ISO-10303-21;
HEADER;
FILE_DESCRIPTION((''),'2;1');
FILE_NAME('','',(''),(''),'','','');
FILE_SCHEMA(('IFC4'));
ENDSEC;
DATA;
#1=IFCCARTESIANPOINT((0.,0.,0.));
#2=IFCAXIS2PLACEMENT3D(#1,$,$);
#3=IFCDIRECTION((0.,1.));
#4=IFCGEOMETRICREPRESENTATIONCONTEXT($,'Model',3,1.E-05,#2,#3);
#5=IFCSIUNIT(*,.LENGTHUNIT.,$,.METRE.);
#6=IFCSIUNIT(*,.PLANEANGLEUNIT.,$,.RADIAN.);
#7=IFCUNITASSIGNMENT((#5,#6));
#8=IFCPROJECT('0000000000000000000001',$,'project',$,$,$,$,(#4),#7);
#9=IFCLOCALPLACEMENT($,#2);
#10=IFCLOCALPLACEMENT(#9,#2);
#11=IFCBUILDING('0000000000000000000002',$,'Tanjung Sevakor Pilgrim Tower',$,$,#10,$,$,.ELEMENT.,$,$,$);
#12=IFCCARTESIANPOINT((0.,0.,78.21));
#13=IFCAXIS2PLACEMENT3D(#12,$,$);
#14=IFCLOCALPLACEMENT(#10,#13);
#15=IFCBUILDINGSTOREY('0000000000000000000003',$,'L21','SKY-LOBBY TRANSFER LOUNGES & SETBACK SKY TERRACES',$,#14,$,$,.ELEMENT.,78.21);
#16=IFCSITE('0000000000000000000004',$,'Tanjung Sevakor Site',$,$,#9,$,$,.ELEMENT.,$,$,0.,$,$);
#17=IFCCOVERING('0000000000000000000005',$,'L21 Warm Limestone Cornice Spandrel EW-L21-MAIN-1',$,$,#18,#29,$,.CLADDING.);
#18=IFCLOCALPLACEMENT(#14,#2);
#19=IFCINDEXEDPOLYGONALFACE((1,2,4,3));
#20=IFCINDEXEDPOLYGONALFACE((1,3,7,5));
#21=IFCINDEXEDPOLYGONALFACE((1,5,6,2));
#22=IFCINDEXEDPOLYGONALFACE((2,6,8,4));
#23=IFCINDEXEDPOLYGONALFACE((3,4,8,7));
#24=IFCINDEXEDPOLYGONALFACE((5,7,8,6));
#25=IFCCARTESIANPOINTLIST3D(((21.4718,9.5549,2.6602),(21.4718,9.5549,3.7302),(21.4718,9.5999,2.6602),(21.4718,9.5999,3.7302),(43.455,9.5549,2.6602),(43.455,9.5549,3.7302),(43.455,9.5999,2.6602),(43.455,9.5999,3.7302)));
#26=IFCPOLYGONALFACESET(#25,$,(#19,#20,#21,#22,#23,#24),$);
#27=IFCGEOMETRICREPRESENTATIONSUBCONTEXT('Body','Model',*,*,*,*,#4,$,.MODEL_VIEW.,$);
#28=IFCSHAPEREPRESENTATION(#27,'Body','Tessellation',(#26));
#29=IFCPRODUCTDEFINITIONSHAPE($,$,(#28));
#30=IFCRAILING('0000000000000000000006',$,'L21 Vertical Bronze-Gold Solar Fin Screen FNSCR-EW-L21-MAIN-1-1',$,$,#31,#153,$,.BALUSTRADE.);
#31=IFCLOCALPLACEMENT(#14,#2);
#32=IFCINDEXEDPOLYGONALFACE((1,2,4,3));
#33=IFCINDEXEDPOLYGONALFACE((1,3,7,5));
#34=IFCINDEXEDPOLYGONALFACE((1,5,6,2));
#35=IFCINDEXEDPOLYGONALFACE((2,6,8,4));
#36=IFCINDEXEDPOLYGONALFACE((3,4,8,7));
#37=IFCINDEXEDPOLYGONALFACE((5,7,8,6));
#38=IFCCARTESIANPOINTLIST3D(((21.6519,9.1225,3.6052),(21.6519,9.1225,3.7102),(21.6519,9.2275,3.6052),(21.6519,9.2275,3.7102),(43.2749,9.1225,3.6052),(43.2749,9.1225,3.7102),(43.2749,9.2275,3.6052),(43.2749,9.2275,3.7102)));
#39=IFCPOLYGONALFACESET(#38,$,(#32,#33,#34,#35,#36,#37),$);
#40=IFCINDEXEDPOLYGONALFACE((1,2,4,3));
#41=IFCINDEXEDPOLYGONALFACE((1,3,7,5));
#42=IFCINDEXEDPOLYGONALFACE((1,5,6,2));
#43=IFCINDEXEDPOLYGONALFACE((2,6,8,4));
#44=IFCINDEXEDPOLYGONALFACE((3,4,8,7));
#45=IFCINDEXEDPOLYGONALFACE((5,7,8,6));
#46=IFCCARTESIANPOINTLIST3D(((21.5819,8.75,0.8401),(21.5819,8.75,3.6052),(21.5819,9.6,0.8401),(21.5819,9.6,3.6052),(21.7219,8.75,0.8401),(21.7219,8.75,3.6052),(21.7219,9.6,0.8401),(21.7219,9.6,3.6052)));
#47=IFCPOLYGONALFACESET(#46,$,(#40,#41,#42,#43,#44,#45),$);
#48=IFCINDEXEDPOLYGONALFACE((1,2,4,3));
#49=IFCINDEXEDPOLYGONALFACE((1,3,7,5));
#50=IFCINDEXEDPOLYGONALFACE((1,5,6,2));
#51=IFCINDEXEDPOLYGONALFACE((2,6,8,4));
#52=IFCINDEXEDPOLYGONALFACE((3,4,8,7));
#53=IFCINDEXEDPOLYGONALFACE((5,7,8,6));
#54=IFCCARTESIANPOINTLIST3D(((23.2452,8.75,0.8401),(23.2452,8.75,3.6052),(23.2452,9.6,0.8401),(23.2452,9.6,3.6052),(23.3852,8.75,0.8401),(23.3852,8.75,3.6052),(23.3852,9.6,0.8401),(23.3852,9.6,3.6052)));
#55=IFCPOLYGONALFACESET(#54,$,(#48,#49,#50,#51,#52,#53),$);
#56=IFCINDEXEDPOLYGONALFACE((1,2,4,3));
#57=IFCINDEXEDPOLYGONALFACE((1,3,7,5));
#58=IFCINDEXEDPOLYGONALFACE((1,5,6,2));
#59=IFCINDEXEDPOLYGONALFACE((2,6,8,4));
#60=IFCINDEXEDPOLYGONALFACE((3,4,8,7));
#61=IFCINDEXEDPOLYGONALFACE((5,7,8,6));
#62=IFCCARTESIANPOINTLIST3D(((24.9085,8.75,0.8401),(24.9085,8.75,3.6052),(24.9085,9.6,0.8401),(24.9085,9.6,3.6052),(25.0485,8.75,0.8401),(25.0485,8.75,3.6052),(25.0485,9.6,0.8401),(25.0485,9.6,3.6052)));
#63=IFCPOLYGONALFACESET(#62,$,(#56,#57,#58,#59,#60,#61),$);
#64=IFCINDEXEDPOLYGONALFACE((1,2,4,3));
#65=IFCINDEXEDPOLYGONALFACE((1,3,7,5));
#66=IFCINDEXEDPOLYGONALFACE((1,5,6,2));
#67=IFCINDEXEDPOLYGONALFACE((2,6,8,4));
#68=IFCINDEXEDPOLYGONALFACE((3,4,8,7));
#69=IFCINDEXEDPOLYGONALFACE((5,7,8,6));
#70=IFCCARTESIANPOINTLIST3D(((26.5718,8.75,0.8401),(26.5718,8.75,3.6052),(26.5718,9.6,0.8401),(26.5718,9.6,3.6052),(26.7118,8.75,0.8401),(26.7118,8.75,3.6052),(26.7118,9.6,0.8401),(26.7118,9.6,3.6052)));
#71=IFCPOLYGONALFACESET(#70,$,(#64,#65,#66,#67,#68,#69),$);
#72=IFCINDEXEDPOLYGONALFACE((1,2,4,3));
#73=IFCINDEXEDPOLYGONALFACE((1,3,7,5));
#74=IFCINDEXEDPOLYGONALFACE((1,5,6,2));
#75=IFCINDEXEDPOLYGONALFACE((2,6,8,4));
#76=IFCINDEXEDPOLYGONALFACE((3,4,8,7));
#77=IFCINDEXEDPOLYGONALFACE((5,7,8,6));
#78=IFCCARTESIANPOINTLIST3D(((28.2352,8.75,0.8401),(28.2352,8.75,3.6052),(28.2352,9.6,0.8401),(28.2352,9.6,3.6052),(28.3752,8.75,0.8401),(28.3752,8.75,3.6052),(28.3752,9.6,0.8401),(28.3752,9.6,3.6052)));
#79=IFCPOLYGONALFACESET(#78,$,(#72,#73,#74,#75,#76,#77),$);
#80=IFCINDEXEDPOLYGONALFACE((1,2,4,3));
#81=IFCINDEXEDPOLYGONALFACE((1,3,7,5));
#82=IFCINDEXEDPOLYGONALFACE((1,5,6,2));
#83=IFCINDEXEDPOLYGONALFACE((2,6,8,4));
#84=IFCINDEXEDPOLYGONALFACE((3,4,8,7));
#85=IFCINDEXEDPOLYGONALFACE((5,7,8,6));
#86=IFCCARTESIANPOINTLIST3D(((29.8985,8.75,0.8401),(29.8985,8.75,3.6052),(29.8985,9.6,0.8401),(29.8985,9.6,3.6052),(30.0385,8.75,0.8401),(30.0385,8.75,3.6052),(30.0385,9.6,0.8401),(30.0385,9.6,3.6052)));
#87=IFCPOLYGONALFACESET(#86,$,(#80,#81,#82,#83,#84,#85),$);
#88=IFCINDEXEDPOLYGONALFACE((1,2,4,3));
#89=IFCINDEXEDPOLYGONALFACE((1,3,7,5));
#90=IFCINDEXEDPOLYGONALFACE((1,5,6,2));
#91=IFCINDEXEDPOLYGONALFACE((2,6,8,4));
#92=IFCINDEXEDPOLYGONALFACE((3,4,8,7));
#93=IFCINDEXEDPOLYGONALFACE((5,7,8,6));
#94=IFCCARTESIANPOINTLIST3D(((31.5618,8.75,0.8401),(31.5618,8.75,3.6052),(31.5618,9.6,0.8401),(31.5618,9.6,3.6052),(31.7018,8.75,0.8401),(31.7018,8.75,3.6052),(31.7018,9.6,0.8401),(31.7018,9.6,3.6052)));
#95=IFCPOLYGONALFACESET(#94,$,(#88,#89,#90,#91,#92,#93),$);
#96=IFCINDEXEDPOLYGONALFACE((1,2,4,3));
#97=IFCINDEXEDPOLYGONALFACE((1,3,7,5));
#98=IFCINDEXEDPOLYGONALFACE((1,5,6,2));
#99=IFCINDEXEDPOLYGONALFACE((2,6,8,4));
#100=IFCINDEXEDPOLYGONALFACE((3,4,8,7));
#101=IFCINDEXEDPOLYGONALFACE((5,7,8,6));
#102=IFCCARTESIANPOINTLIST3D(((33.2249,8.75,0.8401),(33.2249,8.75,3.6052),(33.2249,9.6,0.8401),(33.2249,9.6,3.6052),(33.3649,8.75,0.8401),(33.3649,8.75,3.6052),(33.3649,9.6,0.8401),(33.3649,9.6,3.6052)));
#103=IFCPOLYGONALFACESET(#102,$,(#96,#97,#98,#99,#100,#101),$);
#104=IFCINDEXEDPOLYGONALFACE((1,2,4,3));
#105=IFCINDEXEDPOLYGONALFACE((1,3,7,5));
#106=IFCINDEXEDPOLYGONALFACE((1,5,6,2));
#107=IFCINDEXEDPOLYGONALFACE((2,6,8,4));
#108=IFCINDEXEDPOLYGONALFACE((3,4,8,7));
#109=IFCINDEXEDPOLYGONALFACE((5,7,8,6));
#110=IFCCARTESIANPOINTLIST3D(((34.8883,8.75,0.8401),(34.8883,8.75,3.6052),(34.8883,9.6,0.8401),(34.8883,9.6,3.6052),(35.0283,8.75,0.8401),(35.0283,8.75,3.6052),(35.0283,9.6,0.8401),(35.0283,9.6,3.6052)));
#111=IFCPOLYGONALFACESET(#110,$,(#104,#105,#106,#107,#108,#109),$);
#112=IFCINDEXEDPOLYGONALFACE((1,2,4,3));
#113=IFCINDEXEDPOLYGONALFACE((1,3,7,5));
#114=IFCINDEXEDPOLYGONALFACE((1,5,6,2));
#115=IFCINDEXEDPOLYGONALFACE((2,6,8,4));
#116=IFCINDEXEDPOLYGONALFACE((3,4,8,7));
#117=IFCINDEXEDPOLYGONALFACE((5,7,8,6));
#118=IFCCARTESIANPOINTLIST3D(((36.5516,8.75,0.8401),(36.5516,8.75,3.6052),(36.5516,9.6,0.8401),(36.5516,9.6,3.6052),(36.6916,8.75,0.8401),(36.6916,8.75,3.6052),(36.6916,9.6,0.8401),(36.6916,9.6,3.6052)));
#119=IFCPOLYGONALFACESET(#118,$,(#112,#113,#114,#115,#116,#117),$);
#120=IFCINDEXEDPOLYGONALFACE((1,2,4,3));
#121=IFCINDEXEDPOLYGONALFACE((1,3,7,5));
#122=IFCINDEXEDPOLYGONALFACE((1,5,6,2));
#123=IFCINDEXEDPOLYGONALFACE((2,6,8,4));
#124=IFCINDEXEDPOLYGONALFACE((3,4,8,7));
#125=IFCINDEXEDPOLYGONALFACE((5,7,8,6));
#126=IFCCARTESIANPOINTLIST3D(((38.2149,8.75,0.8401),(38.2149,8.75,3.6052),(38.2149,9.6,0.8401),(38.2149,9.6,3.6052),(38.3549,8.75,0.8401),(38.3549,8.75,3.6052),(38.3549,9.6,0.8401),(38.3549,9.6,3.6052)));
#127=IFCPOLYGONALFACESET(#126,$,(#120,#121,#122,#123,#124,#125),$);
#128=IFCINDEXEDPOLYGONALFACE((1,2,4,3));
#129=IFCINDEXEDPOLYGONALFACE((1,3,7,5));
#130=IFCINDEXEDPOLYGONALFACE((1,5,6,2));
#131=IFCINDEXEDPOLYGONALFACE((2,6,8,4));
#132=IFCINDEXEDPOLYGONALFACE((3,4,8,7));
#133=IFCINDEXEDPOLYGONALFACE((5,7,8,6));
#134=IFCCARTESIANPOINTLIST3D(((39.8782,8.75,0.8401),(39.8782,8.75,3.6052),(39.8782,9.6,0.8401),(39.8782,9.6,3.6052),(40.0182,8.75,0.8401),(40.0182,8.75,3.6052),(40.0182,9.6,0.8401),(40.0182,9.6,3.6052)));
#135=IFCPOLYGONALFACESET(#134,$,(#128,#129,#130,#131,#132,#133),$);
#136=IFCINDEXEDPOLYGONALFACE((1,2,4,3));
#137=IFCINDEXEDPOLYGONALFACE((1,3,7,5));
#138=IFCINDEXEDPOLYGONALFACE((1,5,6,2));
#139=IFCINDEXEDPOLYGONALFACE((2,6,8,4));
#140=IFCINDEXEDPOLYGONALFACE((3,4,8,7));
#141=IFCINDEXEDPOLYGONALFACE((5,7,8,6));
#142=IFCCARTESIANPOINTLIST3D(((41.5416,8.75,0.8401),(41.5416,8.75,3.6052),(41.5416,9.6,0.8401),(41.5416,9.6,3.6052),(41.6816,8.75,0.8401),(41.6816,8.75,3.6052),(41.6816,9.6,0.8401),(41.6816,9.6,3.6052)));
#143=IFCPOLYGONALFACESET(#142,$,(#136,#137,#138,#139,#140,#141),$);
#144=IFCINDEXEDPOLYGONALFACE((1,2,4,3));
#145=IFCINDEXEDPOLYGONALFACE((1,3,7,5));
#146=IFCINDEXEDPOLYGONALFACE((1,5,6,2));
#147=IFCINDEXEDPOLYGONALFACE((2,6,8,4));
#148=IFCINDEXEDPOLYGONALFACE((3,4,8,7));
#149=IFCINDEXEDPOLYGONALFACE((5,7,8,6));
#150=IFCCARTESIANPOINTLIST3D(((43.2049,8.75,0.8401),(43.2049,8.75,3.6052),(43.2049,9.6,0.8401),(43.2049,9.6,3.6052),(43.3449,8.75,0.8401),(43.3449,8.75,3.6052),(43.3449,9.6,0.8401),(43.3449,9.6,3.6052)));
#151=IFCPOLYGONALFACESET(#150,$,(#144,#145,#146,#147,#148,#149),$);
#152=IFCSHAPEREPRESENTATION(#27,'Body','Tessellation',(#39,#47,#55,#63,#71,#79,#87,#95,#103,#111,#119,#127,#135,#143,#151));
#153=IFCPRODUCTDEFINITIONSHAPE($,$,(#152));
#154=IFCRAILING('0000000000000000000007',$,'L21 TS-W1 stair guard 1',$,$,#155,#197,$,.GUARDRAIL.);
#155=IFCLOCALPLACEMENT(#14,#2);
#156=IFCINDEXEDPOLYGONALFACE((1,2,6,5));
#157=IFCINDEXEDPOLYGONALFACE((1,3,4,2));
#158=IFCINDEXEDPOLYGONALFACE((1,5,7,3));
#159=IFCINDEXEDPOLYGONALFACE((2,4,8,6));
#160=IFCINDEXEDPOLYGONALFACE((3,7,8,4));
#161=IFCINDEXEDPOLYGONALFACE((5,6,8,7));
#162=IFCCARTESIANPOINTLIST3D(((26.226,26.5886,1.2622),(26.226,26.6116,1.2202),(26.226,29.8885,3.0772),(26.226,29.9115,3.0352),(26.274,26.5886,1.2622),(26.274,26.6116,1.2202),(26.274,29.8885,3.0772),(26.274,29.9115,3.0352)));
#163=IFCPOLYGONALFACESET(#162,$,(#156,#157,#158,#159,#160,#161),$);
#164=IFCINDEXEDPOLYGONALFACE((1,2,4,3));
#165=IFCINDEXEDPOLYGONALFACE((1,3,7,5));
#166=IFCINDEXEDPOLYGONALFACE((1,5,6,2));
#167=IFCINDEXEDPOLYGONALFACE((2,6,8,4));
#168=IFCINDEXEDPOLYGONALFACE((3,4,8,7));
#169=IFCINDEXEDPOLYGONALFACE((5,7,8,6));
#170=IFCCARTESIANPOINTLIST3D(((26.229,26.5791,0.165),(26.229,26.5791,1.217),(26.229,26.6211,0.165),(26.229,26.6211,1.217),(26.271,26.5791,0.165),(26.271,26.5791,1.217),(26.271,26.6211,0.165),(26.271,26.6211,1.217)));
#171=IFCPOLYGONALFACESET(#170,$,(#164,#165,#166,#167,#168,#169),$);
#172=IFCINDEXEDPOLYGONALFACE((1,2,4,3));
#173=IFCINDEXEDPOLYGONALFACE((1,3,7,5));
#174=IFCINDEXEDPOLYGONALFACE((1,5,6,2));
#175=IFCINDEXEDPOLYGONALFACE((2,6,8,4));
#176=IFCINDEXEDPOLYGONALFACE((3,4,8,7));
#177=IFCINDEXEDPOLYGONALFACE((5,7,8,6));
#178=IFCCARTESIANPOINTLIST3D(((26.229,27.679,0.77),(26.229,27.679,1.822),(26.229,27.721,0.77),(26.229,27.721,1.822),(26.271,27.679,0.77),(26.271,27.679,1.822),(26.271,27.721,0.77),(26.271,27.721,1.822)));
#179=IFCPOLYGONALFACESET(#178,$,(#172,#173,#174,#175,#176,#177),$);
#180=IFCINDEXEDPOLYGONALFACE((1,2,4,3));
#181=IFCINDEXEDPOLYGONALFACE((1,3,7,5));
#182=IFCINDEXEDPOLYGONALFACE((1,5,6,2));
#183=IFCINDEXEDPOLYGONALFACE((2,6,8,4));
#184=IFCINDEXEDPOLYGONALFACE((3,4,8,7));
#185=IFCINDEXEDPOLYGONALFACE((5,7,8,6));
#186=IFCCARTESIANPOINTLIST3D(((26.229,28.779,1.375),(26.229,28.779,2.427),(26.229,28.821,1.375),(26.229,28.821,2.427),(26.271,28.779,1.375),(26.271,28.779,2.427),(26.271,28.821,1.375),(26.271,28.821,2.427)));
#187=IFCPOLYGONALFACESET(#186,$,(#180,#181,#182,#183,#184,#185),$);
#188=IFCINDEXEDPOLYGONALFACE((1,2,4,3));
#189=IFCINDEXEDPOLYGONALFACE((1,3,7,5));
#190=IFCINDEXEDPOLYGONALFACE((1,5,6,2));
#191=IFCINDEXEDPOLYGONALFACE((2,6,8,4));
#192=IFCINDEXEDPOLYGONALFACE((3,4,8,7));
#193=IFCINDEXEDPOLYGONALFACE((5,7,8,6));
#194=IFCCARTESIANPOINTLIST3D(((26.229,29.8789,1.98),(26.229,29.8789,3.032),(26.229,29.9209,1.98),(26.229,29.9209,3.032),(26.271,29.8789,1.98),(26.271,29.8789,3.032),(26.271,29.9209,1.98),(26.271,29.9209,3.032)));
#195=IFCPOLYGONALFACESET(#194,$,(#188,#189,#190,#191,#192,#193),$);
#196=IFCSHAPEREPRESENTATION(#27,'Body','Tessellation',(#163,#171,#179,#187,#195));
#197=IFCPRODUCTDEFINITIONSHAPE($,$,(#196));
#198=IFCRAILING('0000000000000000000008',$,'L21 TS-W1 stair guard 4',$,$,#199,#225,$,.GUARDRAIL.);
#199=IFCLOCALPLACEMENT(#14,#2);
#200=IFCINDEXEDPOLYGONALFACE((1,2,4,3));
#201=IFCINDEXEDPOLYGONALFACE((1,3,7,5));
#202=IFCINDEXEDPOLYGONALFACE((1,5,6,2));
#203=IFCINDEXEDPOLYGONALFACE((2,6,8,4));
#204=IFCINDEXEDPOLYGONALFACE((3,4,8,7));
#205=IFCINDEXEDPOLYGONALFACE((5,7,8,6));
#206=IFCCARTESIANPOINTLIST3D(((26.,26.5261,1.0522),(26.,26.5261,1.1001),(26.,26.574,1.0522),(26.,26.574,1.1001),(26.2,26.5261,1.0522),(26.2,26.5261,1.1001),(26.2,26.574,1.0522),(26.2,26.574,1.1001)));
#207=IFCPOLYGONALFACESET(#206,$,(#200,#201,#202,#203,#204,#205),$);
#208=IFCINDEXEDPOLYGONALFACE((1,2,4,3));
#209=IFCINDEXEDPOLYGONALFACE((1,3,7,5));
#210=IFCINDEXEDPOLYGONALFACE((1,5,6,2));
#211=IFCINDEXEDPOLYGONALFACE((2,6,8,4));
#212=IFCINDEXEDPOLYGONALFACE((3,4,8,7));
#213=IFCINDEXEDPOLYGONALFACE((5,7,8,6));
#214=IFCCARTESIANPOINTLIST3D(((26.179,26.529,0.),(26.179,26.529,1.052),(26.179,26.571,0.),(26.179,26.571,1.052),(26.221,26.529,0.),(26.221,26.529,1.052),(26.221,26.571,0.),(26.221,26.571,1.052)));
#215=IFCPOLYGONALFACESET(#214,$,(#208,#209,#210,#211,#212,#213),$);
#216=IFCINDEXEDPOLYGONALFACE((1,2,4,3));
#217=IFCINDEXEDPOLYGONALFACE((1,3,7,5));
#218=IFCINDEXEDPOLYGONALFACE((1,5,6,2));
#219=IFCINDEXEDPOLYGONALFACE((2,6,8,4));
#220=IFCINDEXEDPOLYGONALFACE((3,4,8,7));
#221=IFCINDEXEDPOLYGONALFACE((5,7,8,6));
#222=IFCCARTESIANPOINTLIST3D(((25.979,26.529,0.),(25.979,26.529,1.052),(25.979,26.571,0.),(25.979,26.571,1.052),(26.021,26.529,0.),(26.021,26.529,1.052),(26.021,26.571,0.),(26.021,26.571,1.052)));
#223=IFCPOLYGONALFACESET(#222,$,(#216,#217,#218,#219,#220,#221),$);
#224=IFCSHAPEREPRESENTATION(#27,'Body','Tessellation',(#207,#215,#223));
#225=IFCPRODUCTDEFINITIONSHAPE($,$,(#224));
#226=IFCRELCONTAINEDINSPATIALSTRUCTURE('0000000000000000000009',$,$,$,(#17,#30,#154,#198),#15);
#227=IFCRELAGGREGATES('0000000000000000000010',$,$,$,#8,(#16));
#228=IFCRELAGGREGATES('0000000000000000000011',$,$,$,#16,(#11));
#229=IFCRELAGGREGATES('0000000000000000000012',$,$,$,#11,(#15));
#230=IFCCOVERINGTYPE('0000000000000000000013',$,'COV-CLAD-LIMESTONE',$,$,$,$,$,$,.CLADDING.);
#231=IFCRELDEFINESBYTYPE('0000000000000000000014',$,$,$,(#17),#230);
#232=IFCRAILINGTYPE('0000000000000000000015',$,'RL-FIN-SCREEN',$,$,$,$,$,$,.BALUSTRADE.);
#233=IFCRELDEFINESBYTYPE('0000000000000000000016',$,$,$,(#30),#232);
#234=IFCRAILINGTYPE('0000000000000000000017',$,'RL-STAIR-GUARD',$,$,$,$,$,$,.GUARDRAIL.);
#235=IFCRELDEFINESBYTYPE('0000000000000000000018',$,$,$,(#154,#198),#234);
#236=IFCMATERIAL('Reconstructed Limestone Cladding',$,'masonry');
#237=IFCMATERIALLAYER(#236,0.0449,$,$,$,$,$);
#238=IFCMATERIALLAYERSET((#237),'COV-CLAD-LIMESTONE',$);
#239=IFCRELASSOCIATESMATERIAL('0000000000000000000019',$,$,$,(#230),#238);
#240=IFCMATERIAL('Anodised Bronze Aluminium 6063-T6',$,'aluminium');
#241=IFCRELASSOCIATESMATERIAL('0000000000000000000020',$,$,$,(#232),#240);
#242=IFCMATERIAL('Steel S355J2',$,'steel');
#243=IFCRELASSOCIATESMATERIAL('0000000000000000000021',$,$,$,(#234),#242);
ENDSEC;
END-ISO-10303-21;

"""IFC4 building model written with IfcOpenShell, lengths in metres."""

from ifc_helpers import new_model, si_unit, direction, frame, origin, origin_2d, place, context, subcontext, project, spatial, rectangle, extrude, material, layer, layer_set, type_object, element, save


model = new_model("IFC4")

# Units and contexts
model_context = context("Model", 3, precision=1e-05, world=origin(), true_north=direction((0.0, 1.0)))
body_context = subcontext(model_context, "Body", "Model", "MODEL_VIEW")
ifc_project = project(units=[si_unit("LENGTHUNIT", "METRE"), si_unit("PLANEANGLEUNIT", "RADIAN")], contexts=[model_context])

# Site, building, storey
site_placement = place(None, origin())
site = spatial("IfcSite", under=ifc_project, at=site_placement, Name="Tanjung Sevakor Site", CompositionType="ELEMENT", RefElevation=0.0)
building_placement = place(site_placement, origin())
building = spatial("IfcBuilding", under=site, at=building_placement, Name="Tanjung Sevakor Pilgrim Tower", CompositionType="ELEMENT")
storey_placement = place(building_placement, frame((0.0, 0.0, 78.21)))
storey = spatial("IfcBuildingStorey", under=building, at=storey_placement, Name="L21", Description="SKY-LOBBY TRANSFER LOUNGES & SETBACK SKY TERRACES", CompositionType="ELEMENT", Elevation=78.21)

# Covering
ifc_material_1 = material(Name="Reconstructed Limestone Cladding", Category="masonry")
ifc_layer_1 = layer(ifc_material_1, 0.0449)
ifc_layer_set_1 = layer_set([ifc_layer_1], Name="COV-CLAD-LIMESTONE")
covering_type = type_object("IfcCoveringType", Name="COV-CLAD-LIMESTONE", PredefinedType="CLADDING", material=ifc_layer_set_1)
covering_1_placement = place(storey_placement, frame((32.4634, 9.5774, 2.6602), z_axis=(0.0, 0.0, 1.0), x_axis=(1.0, 0.0, 0.0)))
element("IfcCovering", 1, at=covering_1_placement, inside=storey, type_object=covering_type, Name="L21 Warm Limestone Cornice Spandrel EW-L21-MAIN-1", PredefinedType="CLADDING", context=body_context, shape_type="SweptSolid", body=[
    extrude(rectangle(XDim=21.9832, YDim=0.0449, at=origin_2d()), origin(), (0.0, 0.0, 1.0), 1.0701),
])

# Railings
ifc_material_2 = material(Name="Anodised Bronze Aluminium 6063-T6", Category="aluminium")
railing_type_1 = type_object("IfcRailingType", Name="RL-FIN-SCREEN", PredefinedType="BALUSTRADE", material=ifc_material_2)
railing_1_placement = place(storey_placement, frame((21.6519, 9.175, 0.8401)))
element("IfcRailing", 2, at=railing_1_placement, inside=storey, type_object=railing_type_1, Name="L21 Vertical Bronze-Gold Solar Fin Screen FNSCR-EW-L21-MAIN-1-1", PredefinedType="BALUSTRADE", context=body_context, shape_type="SweptSolid", body=[
    extrude(rectangle(XDim=0.105, YDim=0.105), frame((0.0, 0.0, 2.8176), z_axis=(1.0, 0.0, 0.0), x_axis=(0.0, 1.0, 0.0)), (0.0, 0.0, 1.0), 21.623),
    extrude(rectangle(XDim=0.14, YDim=0.85), origin(), (0.0, 0.0, 1.0), 2.7651),
    extrude(rectangle(XDim=0.14, YDim=0.85), frame((1.6633, 0.0, 0.0)), (0.0, 0.0, 1.0), 2.7651),
    extrude(rectangle(XDim=0.14, YDim=0.85), frame((3.3267, 0.0, 0.0)), (0.0, 0.0, 1.0), 2.7651),
    extrude(rectangle(XDim=0.14, YDim=0.85), frame((4.99, 0.0, 0.0)), (0.0, 0.0, 1.0), 2.7651),
    extrude(rectangle(XDim=0.14, YDim=0.85), frame((6.6533, 0.0, 0.0)), (0.0, 0.0, 1.0), 2.7651),
    extrude(rectangle(XDim=0.14, YDim=0.85), frame((8.3167, 0.0, 0.0)), (0.0, 0.0, 1.0), 2.7651),
    extrude(rectangle(XDim=0.14, YDim=0.85), frame((9.98, 0.0, 0.0)), (0.0, 0.0, 1.0), 2.7651),
    extrude(rectangle(XDim=0.14, YDim=0.85), frame((11.6431, 0.0, 0.0)), (0.0, 0.0, 1.0), 2.7651),
    extrude(rectangle(XDim=0.14, YDim=0.85), frame((13.3064, 0.0, 0.0)), (0.0, 0.0, 1.0), 2.7651),
    extrude(rectangle(XDim=0.14, YDim=0.85), frame((14.9697, 0.0, 0.0)), (0.0, 0.0, 1.0), 2.7651),
    extrude(rectangle(XDim=0.14, YDim=0.85), frame((16.6331, 0.0, 0.0)), (0.0, 0.0, 1.0), 2.7651),
    extrude(rectangle(XDim=0.14, YDim=0.85), frame((18.2964, 0.0, 0.0)), (0.0, 0.0, 1.0), 2.7651),
    extrude(rectangle(XDim=0.14, YDim=0.85), frame((19.9597, 0.0, 0.0)), (0.0, 0.0, 1.0), 2.7651),
    extrude(rectangle(XDim=0.14, YDim=0.85), frame((21.623, 0.0, 0.0)), (0.0, 0.0, 1.0), 2.7651),
])
ifc_material_3 = material(Name="Steel S355J2", Category="steel")
railing_type_2 = type_object("IfcRailingType", Name="RL-STAIR-GUARD", PredefinedType="GUARDRAIL", material=ifc_material_3)
railing_2_placement = place(storey_placement, frame((26.25, 26.6001, 0.165)))
element("IfcRailing", 3, at=railing_2_placement, inside=storey, type_object=railing_type_2, Name="L21 TS-W1 stair guard 1", PredefinedType="GUARDRAIL", context=body_context, shape_type="SweptSolid", body=[
    extrude(rectangle(XDim=0.0479, YDim=0.0479), frame((0.0, 0.0, 1.0762), z_axis=(0.0, 0.87621, 0.481929), x_axis=(-1.0, 0.0, 0.0)), (0.0, 0.0, 1.0), 3.7661),
    extrude(rectangle(XDim=0.042, YDim=0.042), origin(), (0.0, 0.0, 1.0), 1.052),
    extrude(rectangle(XDim=0.042, YDim=0.042), frame((0.0, 1.0999, 0.605)), (0.0, 0.0, 1.0), 1.052),
    extrude(rectangle(XDim=0.042, YDim=0.042), frame((0.0, 2.2, 1.21)), (0.0, 0.0, 1.0), 1.052),
    extrude(rectangle(XDim=0.042, YDim=0.042), frame((0.0, 3.2998, 1.8149)), (0.0, 0.0, 1.0), 1.052),
])
railing_3_placement = place(storey_placement, frame((26.2, 26.55, 0.0)))
element("IfcRailing", 4, at=railing_3_placement, inside=storey, type_object=railing_type_2, Name="L21 TS-W1 stair guard 4", PredefinedType="GUARDRAIL", context=body_context, shape_type="SweptSolid", body=[
    extrude(rectangle(XDim=0.0479, YDim=0.0479), frame((0.0, 0.0, 1.0762), z_axis=(-1.0, 0.0, 0.0), x_axis=(0.0, -1.0, 0.0)), (0.0, 0.0, 1.0), 0.2),
    extrude(rectangle(XDim=0.042, YDim=0.042), origin(), (0.0, 0.0, 1.0), 1.052),
    extrude(rectangle(XDim=0.042, YDim=0.042), frame((-0.2, 0.0, 0.0)), (0.0, 0.0, 1.0), 1.052),
])

save(model, "model.ifc")
